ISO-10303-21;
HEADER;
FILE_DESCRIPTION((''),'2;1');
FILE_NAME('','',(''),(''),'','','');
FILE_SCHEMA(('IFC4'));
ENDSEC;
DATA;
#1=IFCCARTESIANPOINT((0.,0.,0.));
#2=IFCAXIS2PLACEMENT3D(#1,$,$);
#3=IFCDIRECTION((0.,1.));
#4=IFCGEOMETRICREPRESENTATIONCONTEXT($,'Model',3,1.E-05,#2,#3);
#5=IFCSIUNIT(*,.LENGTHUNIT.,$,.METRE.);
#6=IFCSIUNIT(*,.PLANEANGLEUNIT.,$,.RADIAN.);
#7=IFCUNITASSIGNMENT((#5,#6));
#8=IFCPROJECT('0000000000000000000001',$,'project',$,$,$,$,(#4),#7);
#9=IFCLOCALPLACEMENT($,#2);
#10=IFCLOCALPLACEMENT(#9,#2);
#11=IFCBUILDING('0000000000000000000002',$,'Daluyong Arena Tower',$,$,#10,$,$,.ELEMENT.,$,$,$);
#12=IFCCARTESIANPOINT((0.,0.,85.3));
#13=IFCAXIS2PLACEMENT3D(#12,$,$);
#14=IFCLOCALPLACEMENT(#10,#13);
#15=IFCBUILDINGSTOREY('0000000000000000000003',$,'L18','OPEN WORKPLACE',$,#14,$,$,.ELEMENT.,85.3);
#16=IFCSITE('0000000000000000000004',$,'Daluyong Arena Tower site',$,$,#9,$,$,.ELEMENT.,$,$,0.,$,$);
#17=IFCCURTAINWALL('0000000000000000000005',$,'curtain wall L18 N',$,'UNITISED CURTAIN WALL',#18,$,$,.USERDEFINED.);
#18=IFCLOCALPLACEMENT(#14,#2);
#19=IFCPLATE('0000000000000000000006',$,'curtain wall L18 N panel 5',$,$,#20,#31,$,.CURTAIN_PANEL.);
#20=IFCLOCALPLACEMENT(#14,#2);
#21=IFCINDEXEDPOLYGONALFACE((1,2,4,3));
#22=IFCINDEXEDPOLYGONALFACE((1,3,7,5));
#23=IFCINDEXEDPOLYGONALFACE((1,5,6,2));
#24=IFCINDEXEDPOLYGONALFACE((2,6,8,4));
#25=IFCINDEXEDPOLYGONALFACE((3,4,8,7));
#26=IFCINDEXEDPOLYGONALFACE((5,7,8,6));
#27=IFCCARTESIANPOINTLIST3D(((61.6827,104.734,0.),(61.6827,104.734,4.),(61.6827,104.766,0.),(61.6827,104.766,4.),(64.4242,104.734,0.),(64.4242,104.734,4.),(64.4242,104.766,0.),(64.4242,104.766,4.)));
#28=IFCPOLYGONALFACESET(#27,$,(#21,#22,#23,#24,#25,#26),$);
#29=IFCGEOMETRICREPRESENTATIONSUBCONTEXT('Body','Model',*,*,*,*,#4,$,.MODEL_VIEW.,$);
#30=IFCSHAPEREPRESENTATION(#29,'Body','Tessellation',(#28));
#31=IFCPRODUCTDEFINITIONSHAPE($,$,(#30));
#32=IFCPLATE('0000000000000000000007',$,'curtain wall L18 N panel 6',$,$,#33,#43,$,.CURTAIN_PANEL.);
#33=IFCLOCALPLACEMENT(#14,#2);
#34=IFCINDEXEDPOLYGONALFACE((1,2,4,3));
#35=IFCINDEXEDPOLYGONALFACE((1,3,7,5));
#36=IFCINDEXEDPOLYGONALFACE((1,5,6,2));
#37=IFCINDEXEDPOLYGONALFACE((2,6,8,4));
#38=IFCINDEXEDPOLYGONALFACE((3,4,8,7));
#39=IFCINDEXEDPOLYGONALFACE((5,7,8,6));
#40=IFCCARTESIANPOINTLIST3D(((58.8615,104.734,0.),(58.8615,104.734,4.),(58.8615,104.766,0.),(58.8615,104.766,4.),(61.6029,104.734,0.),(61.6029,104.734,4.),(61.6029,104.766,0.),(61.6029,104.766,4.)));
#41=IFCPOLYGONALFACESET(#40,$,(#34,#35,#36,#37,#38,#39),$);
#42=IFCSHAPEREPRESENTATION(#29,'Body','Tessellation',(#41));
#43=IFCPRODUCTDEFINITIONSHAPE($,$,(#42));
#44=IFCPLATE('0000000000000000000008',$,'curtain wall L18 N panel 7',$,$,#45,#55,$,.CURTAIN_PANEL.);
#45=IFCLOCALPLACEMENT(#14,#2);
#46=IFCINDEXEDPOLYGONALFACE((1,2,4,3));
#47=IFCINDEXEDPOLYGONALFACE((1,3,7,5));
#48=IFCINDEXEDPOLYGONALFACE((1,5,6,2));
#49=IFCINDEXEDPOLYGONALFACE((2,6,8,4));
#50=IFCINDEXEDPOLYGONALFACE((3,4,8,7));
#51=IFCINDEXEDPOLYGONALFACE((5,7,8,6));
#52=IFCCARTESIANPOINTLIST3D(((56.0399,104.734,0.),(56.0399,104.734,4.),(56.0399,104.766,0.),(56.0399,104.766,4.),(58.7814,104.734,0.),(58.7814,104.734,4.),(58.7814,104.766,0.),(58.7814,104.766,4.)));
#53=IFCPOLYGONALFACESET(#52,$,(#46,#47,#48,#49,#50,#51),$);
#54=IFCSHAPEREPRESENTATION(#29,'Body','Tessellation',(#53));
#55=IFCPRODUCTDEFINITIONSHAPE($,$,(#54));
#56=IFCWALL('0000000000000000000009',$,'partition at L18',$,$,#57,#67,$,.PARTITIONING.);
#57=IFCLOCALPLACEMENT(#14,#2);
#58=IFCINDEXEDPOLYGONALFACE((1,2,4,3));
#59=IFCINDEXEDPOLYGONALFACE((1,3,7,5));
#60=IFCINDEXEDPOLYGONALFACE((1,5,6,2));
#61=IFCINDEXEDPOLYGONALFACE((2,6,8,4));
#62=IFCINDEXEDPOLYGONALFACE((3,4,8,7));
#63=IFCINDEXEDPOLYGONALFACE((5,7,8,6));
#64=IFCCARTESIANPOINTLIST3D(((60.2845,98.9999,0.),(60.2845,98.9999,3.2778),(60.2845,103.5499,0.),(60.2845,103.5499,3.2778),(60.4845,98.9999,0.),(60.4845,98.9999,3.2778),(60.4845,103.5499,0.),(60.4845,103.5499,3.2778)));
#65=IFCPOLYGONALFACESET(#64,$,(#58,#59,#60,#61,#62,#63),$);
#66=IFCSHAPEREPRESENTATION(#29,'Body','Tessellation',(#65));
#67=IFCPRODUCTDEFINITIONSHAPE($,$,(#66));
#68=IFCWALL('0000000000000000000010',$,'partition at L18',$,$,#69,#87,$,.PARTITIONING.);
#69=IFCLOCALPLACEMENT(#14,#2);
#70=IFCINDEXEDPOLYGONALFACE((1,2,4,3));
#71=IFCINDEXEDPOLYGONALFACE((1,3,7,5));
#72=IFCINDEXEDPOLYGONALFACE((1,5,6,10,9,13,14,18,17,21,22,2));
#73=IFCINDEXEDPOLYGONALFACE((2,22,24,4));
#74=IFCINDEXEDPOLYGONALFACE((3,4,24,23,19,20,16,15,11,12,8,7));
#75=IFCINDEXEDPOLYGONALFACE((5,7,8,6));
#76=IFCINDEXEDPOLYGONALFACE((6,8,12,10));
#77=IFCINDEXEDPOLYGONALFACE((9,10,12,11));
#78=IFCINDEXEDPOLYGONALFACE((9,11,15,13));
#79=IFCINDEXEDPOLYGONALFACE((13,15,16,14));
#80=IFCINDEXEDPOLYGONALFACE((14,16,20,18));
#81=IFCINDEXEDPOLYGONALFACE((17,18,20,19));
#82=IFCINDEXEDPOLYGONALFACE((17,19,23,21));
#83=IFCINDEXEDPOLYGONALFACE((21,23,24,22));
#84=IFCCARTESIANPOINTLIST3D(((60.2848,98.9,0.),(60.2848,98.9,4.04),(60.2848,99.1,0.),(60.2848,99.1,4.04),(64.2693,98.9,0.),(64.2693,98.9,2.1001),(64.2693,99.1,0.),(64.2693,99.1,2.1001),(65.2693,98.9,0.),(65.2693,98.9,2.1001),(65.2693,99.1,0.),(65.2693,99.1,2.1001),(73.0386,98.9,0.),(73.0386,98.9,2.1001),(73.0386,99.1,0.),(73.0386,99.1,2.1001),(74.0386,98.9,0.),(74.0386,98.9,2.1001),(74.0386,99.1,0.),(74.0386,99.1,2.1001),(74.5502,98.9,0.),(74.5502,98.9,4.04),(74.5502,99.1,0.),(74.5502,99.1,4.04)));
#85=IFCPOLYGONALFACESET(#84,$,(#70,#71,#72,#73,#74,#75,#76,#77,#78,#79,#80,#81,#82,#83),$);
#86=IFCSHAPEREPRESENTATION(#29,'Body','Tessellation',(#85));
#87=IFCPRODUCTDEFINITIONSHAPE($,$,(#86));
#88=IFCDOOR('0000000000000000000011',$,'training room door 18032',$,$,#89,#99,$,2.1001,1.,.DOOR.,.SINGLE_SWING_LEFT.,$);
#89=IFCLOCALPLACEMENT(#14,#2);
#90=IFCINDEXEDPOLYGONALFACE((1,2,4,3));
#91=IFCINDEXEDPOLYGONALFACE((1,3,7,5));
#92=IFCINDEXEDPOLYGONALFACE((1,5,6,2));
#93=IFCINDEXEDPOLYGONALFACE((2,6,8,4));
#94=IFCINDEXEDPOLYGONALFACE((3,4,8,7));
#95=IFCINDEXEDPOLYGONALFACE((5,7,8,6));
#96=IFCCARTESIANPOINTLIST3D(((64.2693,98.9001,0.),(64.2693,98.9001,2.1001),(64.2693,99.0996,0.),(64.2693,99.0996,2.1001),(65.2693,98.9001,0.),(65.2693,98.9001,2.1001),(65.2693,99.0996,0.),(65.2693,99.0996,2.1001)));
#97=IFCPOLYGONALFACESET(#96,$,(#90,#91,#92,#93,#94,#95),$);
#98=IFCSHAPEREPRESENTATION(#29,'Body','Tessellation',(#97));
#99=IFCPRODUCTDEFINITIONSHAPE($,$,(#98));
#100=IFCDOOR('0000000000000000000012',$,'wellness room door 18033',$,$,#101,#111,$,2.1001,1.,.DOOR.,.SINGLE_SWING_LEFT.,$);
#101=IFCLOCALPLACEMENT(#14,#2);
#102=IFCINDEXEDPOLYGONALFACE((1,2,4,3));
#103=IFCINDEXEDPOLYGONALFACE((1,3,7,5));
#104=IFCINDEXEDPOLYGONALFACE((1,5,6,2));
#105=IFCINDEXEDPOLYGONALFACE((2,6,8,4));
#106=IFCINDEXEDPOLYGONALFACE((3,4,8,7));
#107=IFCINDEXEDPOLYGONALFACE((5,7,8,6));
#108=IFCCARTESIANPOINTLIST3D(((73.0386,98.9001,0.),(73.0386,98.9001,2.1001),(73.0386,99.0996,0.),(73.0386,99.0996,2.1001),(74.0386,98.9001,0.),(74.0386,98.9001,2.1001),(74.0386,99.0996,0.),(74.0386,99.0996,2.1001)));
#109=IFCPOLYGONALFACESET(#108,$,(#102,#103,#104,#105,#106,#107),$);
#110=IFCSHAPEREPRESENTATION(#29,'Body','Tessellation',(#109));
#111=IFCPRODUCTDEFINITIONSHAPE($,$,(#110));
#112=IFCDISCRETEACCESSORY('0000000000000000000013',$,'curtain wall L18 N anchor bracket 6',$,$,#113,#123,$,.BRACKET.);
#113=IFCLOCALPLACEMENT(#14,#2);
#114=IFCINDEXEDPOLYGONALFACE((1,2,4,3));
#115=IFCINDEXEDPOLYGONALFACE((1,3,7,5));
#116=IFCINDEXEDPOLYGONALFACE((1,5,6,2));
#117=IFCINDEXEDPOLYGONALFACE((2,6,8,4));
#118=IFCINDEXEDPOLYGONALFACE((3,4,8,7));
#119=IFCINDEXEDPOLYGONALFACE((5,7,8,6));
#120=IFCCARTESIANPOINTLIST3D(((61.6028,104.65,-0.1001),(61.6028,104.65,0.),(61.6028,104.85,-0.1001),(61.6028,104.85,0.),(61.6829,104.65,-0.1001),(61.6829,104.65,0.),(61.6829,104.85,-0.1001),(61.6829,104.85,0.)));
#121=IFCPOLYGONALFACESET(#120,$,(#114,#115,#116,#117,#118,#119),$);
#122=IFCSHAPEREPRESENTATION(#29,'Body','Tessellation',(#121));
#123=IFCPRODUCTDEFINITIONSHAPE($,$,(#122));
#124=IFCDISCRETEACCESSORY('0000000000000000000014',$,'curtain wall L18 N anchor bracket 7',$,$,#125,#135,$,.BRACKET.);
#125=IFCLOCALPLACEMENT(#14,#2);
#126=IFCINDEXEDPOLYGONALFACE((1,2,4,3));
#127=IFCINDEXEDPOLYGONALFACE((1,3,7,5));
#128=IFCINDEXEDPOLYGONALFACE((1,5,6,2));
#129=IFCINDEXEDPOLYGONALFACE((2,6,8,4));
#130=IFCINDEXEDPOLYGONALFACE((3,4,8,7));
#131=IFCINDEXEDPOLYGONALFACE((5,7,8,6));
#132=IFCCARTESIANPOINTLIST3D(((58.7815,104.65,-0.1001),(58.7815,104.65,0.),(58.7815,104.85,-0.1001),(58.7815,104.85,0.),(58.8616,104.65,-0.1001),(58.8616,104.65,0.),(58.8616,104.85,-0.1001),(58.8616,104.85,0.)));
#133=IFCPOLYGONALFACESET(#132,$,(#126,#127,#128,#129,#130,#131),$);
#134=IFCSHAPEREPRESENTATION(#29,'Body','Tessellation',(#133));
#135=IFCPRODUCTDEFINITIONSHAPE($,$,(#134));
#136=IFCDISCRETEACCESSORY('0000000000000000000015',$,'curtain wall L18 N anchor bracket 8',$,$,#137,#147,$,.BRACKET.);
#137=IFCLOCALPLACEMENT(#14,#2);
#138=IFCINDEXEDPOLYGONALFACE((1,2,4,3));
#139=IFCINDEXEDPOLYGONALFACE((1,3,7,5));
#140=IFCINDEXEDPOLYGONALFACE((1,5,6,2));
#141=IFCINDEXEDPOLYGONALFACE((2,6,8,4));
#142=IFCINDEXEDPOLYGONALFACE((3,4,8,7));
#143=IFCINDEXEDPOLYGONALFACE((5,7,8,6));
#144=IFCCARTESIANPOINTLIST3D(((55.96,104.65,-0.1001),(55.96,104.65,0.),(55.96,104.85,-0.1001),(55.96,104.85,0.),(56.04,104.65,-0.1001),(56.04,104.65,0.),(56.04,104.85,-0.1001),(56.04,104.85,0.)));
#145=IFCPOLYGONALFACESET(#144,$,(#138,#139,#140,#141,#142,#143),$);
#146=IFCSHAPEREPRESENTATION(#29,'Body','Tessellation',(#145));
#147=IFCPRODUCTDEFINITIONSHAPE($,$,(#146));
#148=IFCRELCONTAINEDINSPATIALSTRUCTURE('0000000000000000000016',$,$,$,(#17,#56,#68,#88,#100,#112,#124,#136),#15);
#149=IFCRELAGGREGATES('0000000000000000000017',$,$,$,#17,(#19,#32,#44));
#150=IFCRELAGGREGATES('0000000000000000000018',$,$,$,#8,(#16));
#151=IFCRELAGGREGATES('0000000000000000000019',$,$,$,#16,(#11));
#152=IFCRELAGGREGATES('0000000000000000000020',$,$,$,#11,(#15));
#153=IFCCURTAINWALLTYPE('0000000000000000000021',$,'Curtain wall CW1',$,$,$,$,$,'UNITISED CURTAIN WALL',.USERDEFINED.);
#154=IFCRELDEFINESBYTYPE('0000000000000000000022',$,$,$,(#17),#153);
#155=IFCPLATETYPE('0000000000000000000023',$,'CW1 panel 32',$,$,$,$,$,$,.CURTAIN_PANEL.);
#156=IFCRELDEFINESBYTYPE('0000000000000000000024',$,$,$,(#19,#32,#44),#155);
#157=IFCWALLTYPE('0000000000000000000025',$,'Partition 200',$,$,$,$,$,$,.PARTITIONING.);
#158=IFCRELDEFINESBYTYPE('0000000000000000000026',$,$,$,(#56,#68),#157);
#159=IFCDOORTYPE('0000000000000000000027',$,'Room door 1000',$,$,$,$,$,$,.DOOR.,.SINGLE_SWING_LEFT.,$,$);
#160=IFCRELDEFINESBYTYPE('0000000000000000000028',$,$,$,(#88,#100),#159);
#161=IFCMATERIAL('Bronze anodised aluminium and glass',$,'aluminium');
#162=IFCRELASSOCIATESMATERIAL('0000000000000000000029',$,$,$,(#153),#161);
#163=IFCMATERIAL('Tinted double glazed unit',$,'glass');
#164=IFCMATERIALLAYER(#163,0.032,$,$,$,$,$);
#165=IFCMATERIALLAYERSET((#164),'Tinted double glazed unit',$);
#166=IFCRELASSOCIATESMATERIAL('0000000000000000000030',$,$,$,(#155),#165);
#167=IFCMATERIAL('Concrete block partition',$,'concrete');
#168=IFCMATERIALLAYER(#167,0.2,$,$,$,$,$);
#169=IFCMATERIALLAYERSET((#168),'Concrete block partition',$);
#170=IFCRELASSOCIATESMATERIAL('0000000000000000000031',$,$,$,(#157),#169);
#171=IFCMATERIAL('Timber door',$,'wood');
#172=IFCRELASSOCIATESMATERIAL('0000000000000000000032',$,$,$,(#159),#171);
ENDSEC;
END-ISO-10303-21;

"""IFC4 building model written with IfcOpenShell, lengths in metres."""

from ifc_helpers import new_model, si_unit, direction, frame, frame_2d, origin, origin_2d, place, context, subcontext, project, spatial, rectangle, extrude, material, layer, layer_set, type_object, element, fill, aggregate, save


model = new_model("IFC4")

# Units and contexts
model_context = context("Model", 3, precision=1e-05, world=origin(), true_north=direction((0.0, 1.0)))
body_context = subcontext(model_context, "Body", "Model", "MODEL_VIEW")
ifc_project = project(units=[si_unit("LENGTHUNIT", "METRE"), si_unit("PLANEANGLEUNIT", "RADIAN")], contexts=[model_context])

# Site, building, storey
site_placement = place(None, origin())
site = spatial("IfcSite", under=ifc_project, at=site_placement, Name="Daluyong Arena Tower site", CompositionType="ELEMENT", RefElevation=0.0)
building_placement = place(site_placement, origin())
building = spatial("IfcBuilding", under=site, at=building_placement, Name="Daluyong Arena Tower", CompositionType="ELEMENT")
storey_placement = place(building_placement, frame((0.0, 0.0, 85.3)))
storey = spatial("IfcBuildingStorey", under=building, at=storey_placement, Name="L18", Description="OPEN WORKPLACE", CompositionType="ELEMENT", Elevation=85.3)

# Curtain wall
ifc_material_1 = material(Name="Bronze anodised aluminium and glass", Category="aluminium")
curtain_wall_type = type_object("IfcCurtainWallType", Name="Curtain wall CW1", ElementType="UNITISED CURTAIN WALL", PredefinedType="USERDEFINED", material=ifc_material_1)
curtain_wall_placement = place(storey_placement, origin())
curtain_wall = element("IfcCurtainWall", 1, at=curtain_wall_placement, inside=storey, type_object=curtain_wall_type, Name="curtain wall L18 N", ObjectType="UNITISED CURTAIN WALL", PredefinedType="USERDEFINED")

# Plates
ifc_material_2 = material(Name="Tinted double glazed unit", Category="glass")
ifc_layer_1 = layer(ifc_material_2, 0.032)
ifc_layer_set_1 = layer_set([ifc_layer_1], Name="Tinted double glazed unit")
plate_type = type_object("IfcPlateType", Name="CW1 panel 32", PredefinedType="CURTAIN_PANEL", material=ifc_layer_set_1)
plate_1_placement = place(storey_placement, frame((63.0535, 104.75, 0.0), z_axis=(0.0, 0.0, 1.0), x_axis=(-1.0, 0.0, 0.0)))
plate_1 = element("IfcPlate", 2, at=plate_1_placement, type_object=plate_type, Name="curtain wall L18 N panel 5", PredefinedType="CURTAIN_PANEL", context=body_context, shape_type="SweptSolid", body=[
    extrude(rectangle(XDim=2.7415, YDim=0.032, at=origin_2d()), origin(), (0.0, 0.0, 1.0), 4.0),
])
plate_2_placement = place(storey_placement, frame((60.2322, 104.75, 0.0), z_axis=(0.0, 0.0, 1.0), x_axis=(-1.0, 0.0, 0.0)))
plate_2 = element("IfcPlate", 3, at=plate_2_placement, type_object=plate_type, Name="curtain wall L18 N panel 6", PredefinedType="CURTAIN_PANEL", context=body_context, shape_type="SweptSolid", body=[
    extrude(rectangle(XDim=2.7415, YDim=0.032, at=origin_2d()), origin(), (0.0, 0.0, 1.0), 4.0),
])
plate_3_placement = place(storey_placement, frame((57.4106, 104.75, 0.0), z_axis=(0.0, 0.0, 1.0), x_axis=(-1.0, 0.0, 0.0)))
plate_3 = element("IfcPlate", 4, at=plate_3_placement, type_object=plate_type, Name="curtain wall L18 N panel 7", PredefinedType="CURTAIN_PANEL", context=body_context, shape_type="SweptSolid", body=[
    extrude(rectangle(XDim=2.7415, YDim=0.032, at=origin_2d()), origin(), (0.0, 0.0, 1.0), 4.0),
])
aggregate(curtain_wall, [plate_1, plate_2, plate_3])

# Wall
ifc_material_3 = material(Name="Concrete block partition", Category="concrete")
ifc_layer_2 = layer(ifc_material_3, 0.2)
ifc_layer_set_2 = layer_set([ifc_layer_2], Name="Concrete block partition")
wall_type = type_object("IfcWallType", Name="Partition 200", PredefinedType="PARTITIONING", material=ifc_layer_set_2)
wall_1_placement = place(storey_placement, frame((60.3845, 99.0, 0.0), z_axis=(0.0, 0.0, 1.0), x_axis=(0.0, 1.0, 0.0)))
element("IfcWall", 5, at=wall_1_placement, inside=storey, type_object=wall_type, Name="partition at L18", PredefinedType="PARTITIONING", context=body_context, shape_type="SweptSolid", body=[
    extrude(rectangle(XDim=4.55, YDim=0.2, at=frame_2d((2.2749, 0.0))), origin(), (0.0, 0.0, 1.0), 3.2778),
])

# Wall, openings, doors
wall_2_placement = place(storey_placement, frame((60.2847, 99.0, 0.0), z_axis=(0.0, 0.0, 1.0), x_axis=(1.0, 0.0, 0.0)))
wall_2 = element("IfcWall", 6, at=wall_2_placement, inside=storey, type_object=wall_type, Name="partition at L18", PredefinedType="PARTITIONING", context=body_context, shape_type="SweptSolid", body=[
    extrude(rectangle(XDim=14.2654, YDim=0.2, at=frame_2d((7.1328, 0.0))), origin(), (0.0, 0.0, 1.0), 4.04),
])
opening_1_placement = place(wall_2_placement, frame((3.9846, 0.0, 0.0)))
opening_1 = element("IfcOpeningElement", 7, at=opening_1_placement, cuts=wall_2, PredefinedType="OPENING", context=body_context, shape_type="SweptSolid", body=[
    extrude(rectangle(XDim=1.0, YDim=2.1001, at=frame_2d((0.5, 1.05))), frame((0.0, 0.1099, 0.0), z_axis=(0.0, -1.0, 0.0), x_axis=(1.0, 0.0, 0.0)), (0.0, 0.0, 1.0), 0.22),
])
opening_2_placement = place(wall_2_placement, frame((12.7539, 0.0, 0.0)))
opening_2 = element("IfcOpeningElement", 8, at=opening_2_placement, cuts=wall_2, PredefinedType="OPENING", context=body_context, shape_type="SweptSolid", body=[
    extrude(rectangle(XDim=1.0, YDim=2.1001, at=frame_2d((0.5, 1.05))), frame((0.0, 0.1099, 0.0), z_axis=(0.0, -1.0, 0.0), x_axis=(1.0, 0.0, 0.0)), (0.0, 0.0, 1.0), 0.22),
])
ifc_material_4 = material(Name="Timber door", Category="wood")
door_type = type_object("IfcDoorType", Name="Room door 1000", OperationType="SINGLE_SWING_LEFT", PredefinedType="DOOR", material=ifc_material_4)
door_1_placement = place(opening_1_placement, origin())
door_1 = element("IfcDoor", 9, at=door_1_placement, inside=storey, type_object=door_type, Name="training room door 18032", OperationType="SINGLE_SWING_LEFT", OverallHeight=2.1001, OverallWidth=1.0, PredefinedType="DOOR", context=body_context, shape_type="SweptSolid", body=[
    extrude(rectangle(XDim=1.0, YDim=2.1001, at=frame_2d((0.5, 1.05))), frame((0.0, 0.0996, 0.0), z_axis=(0.0, -1.0, 0.0), x_axis=(1.0, 0.0, 0.0)), (0.0, 0.0, 1.0), 0.1995),
])
fill(opening_1, door_1)
door_2_placement = place(opening_2_placement, origin())
door_2 = element("IfcDoor", 10, at=door_2_placement, inside=storey, type_object=door_type, Name="wellness room door 18033", OperationType="SINGLE_SWING_LEFT", OverallHeight=2.1001, OverallWidth=1.0, PredefinedType="DOOR", context=body_context, shape_type="SweptSolid", body=[
    extrude(rectangle(XDim=1.0, YDim=2.1001, at=frame_2d((0.5, 1.05))), frame((0.0, 0.0996, 0.0), z_axis=(0.0, -1.0, 0.0), x_axis=(1.0, 0.0, 0.0)), (0.0, 0.0, 1.0), 0.1995),
])
fill(opening_2, door_2)

# Discrete accessories
for number, where, z_axis, x_axis, name in (
    (11, (61.6428, 104.75, -0.1001), (0.0, 0.0, 1.0), (-1.0, 0.0, 0.0), "curtain wall L18 N anchor bracket 6"),
    (12, (58.8215, 104.75, -0.1001), (0.0, 0.0, 1.0), (-1.0, 0.0, 0.0), "curtain wall L18 N anchor bracket 7"),
    (13, (56.0, 104.75, -0.1001), (0.0, 0.0, 1.0), (-1.0, 0.0, 0.0), "curtain wall L18 N anchor bracket 8"),
):
    element("IfcDiscreteAccessory", number, at=place(storey_placement, frame(where, z_axis=z_axis, x_axis=x_axis)), inside=storey, Name=name, PredefinedType="BRACKET", context=body_context, shape_type="SweptSolid", body=[
        extrude(rectangle(XDim=0.0801, YDim=0.2, at=origin_2d()), origin(), (0.0, 0.0, 1.0), 0.1001),
    ])

save(model, "model.ifc")
